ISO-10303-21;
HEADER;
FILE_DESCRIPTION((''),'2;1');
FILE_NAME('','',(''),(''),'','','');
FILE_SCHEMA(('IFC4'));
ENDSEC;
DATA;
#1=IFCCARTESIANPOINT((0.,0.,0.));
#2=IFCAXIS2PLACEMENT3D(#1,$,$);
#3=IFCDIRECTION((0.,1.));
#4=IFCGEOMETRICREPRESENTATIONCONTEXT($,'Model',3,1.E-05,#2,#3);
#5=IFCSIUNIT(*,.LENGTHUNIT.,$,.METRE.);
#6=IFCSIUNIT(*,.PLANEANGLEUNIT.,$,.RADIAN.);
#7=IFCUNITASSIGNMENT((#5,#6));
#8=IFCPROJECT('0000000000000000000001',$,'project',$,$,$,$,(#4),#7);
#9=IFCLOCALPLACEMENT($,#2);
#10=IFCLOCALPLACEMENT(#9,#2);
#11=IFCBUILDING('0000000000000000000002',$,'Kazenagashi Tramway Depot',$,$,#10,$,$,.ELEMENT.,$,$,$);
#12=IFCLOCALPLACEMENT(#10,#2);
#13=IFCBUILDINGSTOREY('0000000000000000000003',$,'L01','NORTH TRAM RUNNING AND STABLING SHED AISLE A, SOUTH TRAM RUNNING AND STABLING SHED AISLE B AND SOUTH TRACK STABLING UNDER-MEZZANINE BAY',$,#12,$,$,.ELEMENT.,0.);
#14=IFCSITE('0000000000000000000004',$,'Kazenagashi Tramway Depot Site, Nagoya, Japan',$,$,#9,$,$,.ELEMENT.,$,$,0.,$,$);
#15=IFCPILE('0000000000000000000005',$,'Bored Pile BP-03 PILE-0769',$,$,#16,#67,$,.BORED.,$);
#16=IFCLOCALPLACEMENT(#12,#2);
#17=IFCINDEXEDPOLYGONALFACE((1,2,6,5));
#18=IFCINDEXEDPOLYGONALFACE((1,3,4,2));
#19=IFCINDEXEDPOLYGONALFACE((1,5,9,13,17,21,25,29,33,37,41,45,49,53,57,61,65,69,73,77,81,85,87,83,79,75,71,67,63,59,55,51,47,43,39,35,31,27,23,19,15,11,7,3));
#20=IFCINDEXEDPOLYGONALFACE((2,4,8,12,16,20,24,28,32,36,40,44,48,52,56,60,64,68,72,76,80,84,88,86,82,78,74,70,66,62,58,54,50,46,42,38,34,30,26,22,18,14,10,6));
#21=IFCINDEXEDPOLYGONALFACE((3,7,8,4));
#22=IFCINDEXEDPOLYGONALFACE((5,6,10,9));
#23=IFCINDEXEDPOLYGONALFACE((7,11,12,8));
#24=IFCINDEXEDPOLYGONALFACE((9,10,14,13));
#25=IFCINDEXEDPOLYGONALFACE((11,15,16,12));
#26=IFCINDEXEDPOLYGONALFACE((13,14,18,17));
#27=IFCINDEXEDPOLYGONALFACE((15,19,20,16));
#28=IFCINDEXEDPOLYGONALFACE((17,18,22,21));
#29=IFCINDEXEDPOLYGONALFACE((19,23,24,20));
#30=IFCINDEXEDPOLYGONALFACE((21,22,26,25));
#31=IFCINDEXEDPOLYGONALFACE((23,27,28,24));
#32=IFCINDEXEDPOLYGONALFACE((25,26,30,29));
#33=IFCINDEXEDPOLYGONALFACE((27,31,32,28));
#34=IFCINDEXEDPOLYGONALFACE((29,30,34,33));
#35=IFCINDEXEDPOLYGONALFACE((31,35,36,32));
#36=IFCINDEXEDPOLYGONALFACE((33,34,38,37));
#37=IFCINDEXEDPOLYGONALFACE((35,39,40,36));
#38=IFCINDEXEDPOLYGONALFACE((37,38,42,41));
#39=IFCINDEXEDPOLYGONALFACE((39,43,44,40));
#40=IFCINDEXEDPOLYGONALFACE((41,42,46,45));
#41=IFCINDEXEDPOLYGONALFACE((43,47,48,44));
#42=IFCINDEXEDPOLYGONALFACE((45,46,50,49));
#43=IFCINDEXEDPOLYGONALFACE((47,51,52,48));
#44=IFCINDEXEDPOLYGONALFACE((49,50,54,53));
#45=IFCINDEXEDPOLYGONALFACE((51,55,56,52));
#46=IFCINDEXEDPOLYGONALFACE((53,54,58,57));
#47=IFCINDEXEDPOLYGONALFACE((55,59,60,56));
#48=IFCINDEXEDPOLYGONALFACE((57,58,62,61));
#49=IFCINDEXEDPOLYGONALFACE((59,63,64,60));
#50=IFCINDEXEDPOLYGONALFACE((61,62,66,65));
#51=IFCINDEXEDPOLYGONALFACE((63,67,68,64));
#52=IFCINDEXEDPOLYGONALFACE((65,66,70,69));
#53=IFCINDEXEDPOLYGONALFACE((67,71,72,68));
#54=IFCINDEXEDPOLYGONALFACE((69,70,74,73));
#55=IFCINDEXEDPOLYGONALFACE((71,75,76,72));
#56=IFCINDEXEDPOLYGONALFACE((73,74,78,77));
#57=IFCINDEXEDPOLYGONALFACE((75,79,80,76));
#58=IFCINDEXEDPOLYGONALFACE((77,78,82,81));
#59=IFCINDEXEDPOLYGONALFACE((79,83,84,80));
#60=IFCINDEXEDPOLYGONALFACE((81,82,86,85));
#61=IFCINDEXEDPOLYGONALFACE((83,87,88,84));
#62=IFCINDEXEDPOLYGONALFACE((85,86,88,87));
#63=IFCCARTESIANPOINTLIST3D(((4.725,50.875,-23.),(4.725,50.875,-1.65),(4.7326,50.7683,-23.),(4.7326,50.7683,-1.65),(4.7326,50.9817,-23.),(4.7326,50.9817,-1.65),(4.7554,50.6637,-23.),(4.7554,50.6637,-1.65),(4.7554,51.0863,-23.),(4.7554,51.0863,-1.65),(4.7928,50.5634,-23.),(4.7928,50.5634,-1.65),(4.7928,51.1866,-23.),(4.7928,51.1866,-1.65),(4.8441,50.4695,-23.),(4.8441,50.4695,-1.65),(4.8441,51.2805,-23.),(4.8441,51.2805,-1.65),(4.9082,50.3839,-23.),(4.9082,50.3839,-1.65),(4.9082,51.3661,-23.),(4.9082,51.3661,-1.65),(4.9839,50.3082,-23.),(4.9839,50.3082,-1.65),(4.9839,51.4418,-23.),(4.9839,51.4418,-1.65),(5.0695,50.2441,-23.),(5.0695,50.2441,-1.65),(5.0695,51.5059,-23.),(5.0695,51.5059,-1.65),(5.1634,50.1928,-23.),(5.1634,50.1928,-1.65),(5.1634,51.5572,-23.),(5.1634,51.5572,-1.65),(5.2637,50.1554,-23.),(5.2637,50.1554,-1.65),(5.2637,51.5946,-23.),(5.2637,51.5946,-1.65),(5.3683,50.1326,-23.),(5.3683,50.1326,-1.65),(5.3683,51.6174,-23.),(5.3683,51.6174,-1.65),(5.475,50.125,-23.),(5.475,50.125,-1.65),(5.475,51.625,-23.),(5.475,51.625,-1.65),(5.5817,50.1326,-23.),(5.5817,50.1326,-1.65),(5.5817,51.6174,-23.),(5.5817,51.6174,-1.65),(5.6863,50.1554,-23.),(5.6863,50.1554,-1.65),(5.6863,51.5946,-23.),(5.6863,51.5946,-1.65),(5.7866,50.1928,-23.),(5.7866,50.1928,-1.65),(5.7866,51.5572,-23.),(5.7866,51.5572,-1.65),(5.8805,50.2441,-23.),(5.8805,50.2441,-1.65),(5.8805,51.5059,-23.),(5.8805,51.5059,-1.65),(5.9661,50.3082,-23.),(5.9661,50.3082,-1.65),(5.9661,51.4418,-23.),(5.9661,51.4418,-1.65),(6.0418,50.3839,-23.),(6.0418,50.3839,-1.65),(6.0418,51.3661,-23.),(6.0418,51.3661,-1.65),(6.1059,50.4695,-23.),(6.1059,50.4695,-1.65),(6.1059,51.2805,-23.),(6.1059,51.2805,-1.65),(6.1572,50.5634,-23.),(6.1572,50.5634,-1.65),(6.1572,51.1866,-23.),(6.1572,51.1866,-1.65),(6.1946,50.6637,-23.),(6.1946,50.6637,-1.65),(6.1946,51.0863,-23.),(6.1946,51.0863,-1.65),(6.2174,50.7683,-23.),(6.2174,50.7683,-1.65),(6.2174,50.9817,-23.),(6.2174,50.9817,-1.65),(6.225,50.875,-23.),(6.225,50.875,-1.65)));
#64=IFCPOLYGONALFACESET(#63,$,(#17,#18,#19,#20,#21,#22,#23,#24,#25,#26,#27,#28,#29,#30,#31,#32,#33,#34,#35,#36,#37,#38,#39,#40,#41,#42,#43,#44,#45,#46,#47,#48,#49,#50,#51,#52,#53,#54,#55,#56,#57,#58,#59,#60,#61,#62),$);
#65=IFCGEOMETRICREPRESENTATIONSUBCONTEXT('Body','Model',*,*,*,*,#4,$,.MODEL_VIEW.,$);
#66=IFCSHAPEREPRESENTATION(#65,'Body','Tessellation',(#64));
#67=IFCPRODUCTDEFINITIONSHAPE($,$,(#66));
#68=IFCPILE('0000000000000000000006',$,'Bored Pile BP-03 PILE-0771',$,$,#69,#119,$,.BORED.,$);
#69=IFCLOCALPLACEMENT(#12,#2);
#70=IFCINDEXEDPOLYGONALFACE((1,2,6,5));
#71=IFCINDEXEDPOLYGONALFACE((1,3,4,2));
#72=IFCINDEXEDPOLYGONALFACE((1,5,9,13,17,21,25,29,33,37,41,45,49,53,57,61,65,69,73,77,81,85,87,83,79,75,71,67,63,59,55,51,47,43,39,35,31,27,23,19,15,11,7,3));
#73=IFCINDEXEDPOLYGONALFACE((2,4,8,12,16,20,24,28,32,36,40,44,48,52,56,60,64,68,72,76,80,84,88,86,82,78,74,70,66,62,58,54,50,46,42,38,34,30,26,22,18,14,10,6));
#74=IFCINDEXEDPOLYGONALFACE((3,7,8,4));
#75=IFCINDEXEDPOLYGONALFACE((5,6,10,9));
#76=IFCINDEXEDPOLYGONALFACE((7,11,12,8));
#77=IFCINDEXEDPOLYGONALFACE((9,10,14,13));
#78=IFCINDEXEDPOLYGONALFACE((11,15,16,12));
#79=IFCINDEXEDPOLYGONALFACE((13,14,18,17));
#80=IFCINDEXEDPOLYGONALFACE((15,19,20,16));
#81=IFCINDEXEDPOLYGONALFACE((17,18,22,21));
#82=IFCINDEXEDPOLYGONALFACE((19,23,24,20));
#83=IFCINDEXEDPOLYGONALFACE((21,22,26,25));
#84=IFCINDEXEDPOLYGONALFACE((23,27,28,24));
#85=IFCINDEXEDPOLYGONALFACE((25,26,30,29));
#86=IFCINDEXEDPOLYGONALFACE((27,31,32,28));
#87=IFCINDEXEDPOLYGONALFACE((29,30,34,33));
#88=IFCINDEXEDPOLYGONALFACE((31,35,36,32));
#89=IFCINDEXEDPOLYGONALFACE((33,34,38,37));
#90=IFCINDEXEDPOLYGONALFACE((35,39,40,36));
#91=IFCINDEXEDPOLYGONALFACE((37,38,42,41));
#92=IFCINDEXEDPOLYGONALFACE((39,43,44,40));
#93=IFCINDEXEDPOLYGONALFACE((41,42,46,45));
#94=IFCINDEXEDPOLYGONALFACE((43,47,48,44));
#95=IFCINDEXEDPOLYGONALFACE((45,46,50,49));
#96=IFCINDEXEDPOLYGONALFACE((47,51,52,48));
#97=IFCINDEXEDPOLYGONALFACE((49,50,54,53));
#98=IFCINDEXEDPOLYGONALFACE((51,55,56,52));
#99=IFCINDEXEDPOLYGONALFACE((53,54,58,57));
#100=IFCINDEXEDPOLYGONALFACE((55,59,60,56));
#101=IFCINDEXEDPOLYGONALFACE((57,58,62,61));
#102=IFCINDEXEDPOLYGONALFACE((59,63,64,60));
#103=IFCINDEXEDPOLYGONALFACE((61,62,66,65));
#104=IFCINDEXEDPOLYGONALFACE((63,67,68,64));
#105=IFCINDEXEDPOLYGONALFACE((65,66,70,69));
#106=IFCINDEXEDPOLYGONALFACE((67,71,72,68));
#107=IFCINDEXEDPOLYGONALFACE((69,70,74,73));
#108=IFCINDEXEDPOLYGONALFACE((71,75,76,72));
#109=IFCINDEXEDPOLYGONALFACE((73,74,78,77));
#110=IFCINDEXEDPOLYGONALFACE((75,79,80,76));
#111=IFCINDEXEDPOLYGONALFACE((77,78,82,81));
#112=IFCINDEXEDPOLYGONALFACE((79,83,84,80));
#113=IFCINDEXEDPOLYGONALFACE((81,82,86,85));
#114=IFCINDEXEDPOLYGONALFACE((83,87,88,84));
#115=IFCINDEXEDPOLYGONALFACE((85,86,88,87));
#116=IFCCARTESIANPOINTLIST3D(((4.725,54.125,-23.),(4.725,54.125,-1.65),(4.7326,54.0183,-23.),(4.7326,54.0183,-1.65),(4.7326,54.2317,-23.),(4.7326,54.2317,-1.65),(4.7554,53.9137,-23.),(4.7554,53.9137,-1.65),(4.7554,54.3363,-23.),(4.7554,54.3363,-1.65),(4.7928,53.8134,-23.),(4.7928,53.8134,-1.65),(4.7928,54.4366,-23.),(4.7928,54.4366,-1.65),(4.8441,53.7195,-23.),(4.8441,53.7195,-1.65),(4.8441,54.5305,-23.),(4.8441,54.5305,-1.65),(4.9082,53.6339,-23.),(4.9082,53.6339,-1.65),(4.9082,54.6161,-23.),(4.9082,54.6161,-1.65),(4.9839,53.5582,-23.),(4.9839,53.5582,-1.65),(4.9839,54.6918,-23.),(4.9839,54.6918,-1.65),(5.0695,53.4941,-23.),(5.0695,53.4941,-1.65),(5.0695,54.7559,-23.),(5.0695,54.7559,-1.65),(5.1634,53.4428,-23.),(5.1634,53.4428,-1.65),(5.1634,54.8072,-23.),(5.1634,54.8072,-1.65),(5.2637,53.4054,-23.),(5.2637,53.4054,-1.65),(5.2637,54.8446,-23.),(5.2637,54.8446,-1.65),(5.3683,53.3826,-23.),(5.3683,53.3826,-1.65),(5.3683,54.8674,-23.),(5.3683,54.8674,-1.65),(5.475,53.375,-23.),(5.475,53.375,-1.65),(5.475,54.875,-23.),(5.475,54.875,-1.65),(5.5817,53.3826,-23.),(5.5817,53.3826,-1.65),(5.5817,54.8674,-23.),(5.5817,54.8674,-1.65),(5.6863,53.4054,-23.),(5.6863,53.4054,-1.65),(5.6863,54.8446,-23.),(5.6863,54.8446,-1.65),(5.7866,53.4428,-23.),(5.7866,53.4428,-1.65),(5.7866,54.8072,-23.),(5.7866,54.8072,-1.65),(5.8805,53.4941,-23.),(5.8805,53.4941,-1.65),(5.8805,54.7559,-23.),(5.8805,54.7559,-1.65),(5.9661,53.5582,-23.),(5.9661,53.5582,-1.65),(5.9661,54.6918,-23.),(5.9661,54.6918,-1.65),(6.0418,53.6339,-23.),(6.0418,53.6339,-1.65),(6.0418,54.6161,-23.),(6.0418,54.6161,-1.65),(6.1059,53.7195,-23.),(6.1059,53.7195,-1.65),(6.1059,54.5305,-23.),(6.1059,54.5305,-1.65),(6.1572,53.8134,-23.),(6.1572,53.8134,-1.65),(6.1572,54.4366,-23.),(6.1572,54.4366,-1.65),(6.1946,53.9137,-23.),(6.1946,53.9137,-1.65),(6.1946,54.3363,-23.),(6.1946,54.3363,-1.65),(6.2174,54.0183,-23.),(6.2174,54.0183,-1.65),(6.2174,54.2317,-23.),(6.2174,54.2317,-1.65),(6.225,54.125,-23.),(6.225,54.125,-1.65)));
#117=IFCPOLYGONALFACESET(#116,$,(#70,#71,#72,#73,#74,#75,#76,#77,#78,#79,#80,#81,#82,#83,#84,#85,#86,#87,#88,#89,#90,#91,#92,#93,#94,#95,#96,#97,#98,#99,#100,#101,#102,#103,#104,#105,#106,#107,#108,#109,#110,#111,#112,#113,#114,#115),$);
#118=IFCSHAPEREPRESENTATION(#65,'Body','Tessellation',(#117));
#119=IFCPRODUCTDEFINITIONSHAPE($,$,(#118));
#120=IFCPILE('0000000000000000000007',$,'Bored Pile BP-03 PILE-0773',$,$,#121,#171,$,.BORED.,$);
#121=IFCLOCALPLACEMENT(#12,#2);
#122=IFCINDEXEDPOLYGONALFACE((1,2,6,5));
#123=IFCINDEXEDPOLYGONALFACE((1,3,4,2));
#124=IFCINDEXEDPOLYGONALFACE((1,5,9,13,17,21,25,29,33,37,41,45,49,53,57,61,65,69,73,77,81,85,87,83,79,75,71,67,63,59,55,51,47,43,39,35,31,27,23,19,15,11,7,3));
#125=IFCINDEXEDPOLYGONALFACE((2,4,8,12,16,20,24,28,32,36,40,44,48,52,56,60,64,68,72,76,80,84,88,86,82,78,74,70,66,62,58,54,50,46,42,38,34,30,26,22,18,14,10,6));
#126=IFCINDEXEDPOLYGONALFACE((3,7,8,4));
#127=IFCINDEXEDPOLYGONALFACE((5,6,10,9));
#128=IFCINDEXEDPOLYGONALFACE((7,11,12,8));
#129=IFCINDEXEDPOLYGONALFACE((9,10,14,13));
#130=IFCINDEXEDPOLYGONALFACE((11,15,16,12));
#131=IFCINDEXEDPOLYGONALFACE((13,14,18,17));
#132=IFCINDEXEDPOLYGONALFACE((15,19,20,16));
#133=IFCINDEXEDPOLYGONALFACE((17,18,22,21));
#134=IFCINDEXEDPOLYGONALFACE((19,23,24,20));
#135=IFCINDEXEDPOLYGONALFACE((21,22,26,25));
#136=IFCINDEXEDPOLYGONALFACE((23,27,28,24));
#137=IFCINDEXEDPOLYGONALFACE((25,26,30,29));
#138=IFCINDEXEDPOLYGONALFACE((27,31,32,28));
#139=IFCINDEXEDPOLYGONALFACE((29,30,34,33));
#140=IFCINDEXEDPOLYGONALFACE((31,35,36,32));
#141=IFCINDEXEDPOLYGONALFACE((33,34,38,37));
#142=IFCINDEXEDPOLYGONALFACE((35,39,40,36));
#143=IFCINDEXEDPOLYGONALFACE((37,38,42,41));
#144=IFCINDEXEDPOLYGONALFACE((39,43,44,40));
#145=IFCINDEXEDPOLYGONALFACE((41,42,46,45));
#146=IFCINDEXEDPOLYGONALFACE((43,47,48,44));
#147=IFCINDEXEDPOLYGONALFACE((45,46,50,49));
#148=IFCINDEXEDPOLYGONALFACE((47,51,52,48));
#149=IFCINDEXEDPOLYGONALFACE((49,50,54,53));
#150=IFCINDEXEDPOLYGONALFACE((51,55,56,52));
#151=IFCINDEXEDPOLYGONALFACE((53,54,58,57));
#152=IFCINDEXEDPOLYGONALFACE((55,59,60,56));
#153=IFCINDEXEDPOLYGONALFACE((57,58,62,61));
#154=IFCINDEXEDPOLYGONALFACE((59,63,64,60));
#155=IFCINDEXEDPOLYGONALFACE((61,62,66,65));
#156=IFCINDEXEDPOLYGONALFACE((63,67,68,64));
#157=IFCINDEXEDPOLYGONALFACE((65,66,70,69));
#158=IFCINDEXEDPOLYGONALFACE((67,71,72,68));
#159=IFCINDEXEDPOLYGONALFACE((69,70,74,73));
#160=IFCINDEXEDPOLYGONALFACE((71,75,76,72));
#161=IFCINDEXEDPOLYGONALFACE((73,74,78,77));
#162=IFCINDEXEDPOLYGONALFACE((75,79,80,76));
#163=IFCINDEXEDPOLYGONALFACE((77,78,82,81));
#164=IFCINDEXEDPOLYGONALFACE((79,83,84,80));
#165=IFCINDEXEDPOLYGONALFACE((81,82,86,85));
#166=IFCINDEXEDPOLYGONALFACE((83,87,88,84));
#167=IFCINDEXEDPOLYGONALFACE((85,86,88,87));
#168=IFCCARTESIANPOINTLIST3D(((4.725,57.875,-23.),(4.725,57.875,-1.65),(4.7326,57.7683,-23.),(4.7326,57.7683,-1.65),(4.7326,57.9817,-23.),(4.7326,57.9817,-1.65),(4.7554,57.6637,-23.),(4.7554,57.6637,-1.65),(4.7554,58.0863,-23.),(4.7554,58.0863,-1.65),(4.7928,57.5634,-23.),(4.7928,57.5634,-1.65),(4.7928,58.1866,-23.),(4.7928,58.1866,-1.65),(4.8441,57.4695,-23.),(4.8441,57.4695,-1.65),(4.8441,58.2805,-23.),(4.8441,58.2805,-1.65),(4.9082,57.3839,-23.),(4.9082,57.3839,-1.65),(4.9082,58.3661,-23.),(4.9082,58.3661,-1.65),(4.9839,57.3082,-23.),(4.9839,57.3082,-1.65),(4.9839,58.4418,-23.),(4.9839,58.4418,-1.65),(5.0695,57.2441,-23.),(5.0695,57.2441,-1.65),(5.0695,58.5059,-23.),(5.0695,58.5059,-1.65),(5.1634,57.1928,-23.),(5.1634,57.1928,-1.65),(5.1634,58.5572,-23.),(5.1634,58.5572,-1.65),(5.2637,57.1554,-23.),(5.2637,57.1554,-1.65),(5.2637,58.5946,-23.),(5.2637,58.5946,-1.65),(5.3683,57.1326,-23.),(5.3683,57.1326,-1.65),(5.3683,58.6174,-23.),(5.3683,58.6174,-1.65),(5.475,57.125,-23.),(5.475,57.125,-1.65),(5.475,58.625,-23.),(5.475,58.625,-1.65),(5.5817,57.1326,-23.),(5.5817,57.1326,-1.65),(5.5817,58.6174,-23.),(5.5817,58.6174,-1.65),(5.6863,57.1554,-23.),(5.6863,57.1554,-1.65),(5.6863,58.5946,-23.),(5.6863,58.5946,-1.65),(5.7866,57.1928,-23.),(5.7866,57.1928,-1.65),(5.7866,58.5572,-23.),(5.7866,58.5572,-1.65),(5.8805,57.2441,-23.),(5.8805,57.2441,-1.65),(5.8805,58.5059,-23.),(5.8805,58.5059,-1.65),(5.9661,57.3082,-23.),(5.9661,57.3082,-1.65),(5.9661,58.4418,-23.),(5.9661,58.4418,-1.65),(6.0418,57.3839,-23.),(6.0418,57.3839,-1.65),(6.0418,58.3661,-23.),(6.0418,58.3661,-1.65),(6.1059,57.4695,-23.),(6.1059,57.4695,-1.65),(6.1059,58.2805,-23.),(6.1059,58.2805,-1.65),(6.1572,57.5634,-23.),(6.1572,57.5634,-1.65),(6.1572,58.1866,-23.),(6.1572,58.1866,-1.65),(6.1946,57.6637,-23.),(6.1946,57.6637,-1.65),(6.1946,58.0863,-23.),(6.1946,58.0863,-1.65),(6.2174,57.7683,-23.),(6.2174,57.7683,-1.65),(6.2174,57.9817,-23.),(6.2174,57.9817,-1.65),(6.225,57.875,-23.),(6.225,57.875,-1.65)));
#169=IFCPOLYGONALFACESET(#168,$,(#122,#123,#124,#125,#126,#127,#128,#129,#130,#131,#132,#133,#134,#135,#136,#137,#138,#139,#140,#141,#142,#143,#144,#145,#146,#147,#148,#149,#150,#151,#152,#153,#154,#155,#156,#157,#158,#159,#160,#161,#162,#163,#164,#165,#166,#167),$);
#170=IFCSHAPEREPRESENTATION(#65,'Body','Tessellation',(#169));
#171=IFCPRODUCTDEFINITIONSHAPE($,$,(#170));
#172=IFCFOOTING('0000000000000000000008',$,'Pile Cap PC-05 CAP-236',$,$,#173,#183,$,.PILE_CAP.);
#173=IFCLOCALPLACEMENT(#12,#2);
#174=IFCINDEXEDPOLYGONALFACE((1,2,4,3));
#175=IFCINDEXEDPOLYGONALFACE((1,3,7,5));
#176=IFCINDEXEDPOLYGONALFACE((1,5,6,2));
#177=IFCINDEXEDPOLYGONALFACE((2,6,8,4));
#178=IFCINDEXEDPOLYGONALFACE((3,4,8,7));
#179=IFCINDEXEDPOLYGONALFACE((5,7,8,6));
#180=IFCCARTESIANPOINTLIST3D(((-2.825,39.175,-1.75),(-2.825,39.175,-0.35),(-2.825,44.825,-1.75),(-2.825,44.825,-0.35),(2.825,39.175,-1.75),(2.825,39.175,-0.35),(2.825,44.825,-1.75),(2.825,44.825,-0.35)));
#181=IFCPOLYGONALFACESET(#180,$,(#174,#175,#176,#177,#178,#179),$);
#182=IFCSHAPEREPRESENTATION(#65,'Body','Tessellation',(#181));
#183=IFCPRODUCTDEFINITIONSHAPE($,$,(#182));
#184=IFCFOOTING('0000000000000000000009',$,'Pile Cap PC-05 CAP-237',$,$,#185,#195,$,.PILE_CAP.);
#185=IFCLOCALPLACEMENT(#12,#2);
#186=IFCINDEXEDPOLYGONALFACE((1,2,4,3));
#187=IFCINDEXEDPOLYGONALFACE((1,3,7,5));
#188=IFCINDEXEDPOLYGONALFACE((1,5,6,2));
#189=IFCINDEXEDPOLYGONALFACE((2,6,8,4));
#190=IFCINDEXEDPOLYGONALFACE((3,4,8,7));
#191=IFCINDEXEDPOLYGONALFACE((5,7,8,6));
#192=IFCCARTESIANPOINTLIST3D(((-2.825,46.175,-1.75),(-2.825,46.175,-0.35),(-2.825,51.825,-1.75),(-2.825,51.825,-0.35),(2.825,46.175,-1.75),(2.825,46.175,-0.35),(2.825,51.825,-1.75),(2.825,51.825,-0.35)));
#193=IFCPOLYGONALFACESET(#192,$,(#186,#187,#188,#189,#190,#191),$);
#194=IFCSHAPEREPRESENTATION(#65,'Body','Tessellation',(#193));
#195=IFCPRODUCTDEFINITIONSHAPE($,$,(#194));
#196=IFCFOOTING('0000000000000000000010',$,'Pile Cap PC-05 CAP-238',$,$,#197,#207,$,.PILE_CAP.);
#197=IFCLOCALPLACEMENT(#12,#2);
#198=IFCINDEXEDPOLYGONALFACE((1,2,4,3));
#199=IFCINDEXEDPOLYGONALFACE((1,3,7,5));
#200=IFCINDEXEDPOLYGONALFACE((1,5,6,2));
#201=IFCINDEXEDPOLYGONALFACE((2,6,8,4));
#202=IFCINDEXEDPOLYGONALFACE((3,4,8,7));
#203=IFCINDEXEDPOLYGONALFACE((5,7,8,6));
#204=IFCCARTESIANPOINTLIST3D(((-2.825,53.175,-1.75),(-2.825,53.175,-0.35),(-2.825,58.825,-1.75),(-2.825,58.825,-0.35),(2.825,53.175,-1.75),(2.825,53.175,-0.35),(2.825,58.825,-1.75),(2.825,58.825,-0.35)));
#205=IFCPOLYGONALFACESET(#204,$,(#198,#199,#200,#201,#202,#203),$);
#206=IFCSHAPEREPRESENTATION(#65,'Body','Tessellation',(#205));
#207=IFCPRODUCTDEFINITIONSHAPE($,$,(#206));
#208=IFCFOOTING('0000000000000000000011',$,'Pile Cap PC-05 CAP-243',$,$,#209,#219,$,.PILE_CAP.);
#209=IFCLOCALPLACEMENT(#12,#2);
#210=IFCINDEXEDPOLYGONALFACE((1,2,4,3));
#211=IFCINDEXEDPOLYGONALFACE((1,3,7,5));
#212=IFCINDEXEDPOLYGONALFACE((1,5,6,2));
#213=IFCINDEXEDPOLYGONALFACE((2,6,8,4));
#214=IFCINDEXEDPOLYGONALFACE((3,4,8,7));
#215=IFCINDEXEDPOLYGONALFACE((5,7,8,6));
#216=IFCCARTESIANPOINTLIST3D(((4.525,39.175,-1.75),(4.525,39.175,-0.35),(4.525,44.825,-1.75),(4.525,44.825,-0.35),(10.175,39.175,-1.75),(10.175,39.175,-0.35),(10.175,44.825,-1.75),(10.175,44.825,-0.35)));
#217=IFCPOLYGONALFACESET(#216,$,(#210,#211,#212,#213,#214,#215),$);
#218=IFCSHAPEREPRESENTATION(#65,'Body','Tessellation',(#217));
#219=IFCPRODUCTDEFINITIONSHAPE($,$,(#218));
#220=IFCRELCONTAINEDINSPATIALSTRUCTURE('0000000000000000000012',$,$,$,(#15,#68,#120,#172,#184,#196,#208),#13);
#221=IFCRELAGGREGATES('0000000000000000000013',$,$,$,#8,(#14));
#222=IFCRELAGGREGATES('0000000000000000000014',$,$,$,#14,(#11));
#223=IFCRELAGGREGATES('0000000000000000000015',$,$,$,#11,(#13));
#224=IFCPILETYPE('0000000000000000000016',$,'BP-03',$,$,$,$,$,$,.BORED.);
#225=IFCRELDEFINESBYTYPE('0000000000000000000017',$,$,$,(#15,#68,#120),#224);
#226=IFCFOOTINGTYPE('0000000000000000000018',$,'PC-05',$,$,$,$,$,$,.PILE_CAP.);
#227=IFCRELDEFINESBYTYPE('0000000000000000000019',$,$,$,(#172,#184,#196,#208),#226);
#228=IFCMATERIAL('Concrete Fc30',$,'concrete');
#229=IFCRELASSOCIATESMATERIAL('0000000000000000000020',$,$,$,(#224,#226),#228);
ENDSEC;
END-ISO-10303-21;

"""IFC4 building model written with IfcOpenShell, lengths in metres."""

from ifc_helpers import new_model, si_unit, direction, frame, origin, origin_2d, place, context, subcontext, project, spatial, rectangle, circle, extrude, material, material_profile, profile_set, type_object, element, save


model = new_model("IFC4")

# Units and contexts
model_context = context("Model", 3, precision=1e-05, world=origin(), true_north=direction((0.0, 1.0)))
body_context = subcontext(model_context, "Body", "Model", "MODEL_VIEW")
ifc_project = project(units=[si_unit("LENGTHUNIT", "METRE"), si_unit("PLANEANGLEUNIT", "RADIAN")], contexts=[model_context])

# Site, building, storey
site_placement = place(None, origin())
site = spatial("IfcSite", under=ifc_project, at=site_placement, Name="Kazenagashi Tramway Depot Site, Nagoya, Japan", CompositionType="ELEMENT", RefElevation=0.0)
building_placement = place(site_placement, origin())
building = spatial("IfcBuilding", under=site, at=building_placement, Name="Kazenagashi Tramway Depot", CompositionType="ELEMENT")
storey_placement = place(building_placement, origin())
storey = spatial("IfcBuildingStorey", under=building, at=storey_placement, Name="L01", Description="NORTH TRAM RUNNING AND STABLING SHED AISLE A, SOUTH TRAM RUNNING AND STABLING SHED AISLE B AND SOUTH TRACK STABLING UNDER-MEZZANINE BAY", CompositionType="ELEMENT", Elevation=0.0)

# Piles
ifc_material_1 = material(Name="Concrete Fc30", Category="concrete")
ifc_material_profile_1 = material_profile(ifc_material_1, circle(Radius=0.75, at=origin_2d()), Name="PILE-1500")
ifc_profile_set_1 = profile_set([ifc_material_profile_1], Name="Concrete Fc30")
pile_type = type_object("IfcPileType", Name="BP-03", PredefinedType="BORED", material=ifc_profile_set_1)
for number, where, z_axis, x_axis, name in (
    (1, (5.475, 50.875, -1.65), (0.0, 0.0, -1.0), (1.0, 0.0, 0.0), "Bored Pile BP-03 PILE-0769"),
    (2, (5.475, 54.125, -1.65), (0.0, 0.0, -1.0), (1.0, 0.0, 0.0), "Bored Pile BP-03 PILE-0771"),
    (3, (5.475, 57.875, -1.65), (0.0, 0.0, -1.0), (1.0, 0.0, 0.0), "Bored Pile BP-03 PILE-0773"),
):
    element("IfcPile", number, at=place(storey_placement, frame(where, z_axis=z_axis, x_axis=x_axis)), inside=storey, type_object=pile_type, Name=name, PredefinedType="BORED", context=body_context, shape_type="SweptSolid", body=[
        extrude(circle(Radius=0.75, at=origin_2d()), origin(), (0.0, 0.0, 1.0), 21.35),
    ])

# Footings
footing_type = type_object("IfcFootingType", Name="PC-05", PredefinedType="PILE_CAP", material=ifc_material_1)
for number, where, z_axis, x_axis, name in (
    (4, (0.0, 42.0, -1.75), (0.0, 0.0, 1.0), (1.0, 0.0, 0.0), "Pile Cap PC-05 CAP-236"),
    (5, (0.0, 49.0, -1.75), (0.0, 0.0, 1.0), (1.0, 0.0, 0.0), "Pile Cap PC-05 CAP-237"),
    (6, (0.0, 56.0, -1.75), (0.0, 0.0, 1.0), (1.0, 0.0, 0.0), "Pile Cap PC-05 CAP-238"),
    (7, (7.35, 42.0, -1.75), (0.0, 0.0, 1.0), (1.0, 0.0, 0.0), "Pile Cap PC-05 CAP-243"),
):
    element("IfcFooting", number, at=place(storey_placement, frame(where, z_axis=z_axis, x_axis=x_axis)), inside=storey, type_object=footing_type, Name=name, PredefinedType="PILE_CAP", context=body_context, shape_type="SweptSolid", body=[
        extrude(rectangle(XDim=5.65, YDim=5.65, at=origin_2d()), origin(), (0.0, 0.0, 1.0), 1.4),
    ])

save(model, "model.ifc")
